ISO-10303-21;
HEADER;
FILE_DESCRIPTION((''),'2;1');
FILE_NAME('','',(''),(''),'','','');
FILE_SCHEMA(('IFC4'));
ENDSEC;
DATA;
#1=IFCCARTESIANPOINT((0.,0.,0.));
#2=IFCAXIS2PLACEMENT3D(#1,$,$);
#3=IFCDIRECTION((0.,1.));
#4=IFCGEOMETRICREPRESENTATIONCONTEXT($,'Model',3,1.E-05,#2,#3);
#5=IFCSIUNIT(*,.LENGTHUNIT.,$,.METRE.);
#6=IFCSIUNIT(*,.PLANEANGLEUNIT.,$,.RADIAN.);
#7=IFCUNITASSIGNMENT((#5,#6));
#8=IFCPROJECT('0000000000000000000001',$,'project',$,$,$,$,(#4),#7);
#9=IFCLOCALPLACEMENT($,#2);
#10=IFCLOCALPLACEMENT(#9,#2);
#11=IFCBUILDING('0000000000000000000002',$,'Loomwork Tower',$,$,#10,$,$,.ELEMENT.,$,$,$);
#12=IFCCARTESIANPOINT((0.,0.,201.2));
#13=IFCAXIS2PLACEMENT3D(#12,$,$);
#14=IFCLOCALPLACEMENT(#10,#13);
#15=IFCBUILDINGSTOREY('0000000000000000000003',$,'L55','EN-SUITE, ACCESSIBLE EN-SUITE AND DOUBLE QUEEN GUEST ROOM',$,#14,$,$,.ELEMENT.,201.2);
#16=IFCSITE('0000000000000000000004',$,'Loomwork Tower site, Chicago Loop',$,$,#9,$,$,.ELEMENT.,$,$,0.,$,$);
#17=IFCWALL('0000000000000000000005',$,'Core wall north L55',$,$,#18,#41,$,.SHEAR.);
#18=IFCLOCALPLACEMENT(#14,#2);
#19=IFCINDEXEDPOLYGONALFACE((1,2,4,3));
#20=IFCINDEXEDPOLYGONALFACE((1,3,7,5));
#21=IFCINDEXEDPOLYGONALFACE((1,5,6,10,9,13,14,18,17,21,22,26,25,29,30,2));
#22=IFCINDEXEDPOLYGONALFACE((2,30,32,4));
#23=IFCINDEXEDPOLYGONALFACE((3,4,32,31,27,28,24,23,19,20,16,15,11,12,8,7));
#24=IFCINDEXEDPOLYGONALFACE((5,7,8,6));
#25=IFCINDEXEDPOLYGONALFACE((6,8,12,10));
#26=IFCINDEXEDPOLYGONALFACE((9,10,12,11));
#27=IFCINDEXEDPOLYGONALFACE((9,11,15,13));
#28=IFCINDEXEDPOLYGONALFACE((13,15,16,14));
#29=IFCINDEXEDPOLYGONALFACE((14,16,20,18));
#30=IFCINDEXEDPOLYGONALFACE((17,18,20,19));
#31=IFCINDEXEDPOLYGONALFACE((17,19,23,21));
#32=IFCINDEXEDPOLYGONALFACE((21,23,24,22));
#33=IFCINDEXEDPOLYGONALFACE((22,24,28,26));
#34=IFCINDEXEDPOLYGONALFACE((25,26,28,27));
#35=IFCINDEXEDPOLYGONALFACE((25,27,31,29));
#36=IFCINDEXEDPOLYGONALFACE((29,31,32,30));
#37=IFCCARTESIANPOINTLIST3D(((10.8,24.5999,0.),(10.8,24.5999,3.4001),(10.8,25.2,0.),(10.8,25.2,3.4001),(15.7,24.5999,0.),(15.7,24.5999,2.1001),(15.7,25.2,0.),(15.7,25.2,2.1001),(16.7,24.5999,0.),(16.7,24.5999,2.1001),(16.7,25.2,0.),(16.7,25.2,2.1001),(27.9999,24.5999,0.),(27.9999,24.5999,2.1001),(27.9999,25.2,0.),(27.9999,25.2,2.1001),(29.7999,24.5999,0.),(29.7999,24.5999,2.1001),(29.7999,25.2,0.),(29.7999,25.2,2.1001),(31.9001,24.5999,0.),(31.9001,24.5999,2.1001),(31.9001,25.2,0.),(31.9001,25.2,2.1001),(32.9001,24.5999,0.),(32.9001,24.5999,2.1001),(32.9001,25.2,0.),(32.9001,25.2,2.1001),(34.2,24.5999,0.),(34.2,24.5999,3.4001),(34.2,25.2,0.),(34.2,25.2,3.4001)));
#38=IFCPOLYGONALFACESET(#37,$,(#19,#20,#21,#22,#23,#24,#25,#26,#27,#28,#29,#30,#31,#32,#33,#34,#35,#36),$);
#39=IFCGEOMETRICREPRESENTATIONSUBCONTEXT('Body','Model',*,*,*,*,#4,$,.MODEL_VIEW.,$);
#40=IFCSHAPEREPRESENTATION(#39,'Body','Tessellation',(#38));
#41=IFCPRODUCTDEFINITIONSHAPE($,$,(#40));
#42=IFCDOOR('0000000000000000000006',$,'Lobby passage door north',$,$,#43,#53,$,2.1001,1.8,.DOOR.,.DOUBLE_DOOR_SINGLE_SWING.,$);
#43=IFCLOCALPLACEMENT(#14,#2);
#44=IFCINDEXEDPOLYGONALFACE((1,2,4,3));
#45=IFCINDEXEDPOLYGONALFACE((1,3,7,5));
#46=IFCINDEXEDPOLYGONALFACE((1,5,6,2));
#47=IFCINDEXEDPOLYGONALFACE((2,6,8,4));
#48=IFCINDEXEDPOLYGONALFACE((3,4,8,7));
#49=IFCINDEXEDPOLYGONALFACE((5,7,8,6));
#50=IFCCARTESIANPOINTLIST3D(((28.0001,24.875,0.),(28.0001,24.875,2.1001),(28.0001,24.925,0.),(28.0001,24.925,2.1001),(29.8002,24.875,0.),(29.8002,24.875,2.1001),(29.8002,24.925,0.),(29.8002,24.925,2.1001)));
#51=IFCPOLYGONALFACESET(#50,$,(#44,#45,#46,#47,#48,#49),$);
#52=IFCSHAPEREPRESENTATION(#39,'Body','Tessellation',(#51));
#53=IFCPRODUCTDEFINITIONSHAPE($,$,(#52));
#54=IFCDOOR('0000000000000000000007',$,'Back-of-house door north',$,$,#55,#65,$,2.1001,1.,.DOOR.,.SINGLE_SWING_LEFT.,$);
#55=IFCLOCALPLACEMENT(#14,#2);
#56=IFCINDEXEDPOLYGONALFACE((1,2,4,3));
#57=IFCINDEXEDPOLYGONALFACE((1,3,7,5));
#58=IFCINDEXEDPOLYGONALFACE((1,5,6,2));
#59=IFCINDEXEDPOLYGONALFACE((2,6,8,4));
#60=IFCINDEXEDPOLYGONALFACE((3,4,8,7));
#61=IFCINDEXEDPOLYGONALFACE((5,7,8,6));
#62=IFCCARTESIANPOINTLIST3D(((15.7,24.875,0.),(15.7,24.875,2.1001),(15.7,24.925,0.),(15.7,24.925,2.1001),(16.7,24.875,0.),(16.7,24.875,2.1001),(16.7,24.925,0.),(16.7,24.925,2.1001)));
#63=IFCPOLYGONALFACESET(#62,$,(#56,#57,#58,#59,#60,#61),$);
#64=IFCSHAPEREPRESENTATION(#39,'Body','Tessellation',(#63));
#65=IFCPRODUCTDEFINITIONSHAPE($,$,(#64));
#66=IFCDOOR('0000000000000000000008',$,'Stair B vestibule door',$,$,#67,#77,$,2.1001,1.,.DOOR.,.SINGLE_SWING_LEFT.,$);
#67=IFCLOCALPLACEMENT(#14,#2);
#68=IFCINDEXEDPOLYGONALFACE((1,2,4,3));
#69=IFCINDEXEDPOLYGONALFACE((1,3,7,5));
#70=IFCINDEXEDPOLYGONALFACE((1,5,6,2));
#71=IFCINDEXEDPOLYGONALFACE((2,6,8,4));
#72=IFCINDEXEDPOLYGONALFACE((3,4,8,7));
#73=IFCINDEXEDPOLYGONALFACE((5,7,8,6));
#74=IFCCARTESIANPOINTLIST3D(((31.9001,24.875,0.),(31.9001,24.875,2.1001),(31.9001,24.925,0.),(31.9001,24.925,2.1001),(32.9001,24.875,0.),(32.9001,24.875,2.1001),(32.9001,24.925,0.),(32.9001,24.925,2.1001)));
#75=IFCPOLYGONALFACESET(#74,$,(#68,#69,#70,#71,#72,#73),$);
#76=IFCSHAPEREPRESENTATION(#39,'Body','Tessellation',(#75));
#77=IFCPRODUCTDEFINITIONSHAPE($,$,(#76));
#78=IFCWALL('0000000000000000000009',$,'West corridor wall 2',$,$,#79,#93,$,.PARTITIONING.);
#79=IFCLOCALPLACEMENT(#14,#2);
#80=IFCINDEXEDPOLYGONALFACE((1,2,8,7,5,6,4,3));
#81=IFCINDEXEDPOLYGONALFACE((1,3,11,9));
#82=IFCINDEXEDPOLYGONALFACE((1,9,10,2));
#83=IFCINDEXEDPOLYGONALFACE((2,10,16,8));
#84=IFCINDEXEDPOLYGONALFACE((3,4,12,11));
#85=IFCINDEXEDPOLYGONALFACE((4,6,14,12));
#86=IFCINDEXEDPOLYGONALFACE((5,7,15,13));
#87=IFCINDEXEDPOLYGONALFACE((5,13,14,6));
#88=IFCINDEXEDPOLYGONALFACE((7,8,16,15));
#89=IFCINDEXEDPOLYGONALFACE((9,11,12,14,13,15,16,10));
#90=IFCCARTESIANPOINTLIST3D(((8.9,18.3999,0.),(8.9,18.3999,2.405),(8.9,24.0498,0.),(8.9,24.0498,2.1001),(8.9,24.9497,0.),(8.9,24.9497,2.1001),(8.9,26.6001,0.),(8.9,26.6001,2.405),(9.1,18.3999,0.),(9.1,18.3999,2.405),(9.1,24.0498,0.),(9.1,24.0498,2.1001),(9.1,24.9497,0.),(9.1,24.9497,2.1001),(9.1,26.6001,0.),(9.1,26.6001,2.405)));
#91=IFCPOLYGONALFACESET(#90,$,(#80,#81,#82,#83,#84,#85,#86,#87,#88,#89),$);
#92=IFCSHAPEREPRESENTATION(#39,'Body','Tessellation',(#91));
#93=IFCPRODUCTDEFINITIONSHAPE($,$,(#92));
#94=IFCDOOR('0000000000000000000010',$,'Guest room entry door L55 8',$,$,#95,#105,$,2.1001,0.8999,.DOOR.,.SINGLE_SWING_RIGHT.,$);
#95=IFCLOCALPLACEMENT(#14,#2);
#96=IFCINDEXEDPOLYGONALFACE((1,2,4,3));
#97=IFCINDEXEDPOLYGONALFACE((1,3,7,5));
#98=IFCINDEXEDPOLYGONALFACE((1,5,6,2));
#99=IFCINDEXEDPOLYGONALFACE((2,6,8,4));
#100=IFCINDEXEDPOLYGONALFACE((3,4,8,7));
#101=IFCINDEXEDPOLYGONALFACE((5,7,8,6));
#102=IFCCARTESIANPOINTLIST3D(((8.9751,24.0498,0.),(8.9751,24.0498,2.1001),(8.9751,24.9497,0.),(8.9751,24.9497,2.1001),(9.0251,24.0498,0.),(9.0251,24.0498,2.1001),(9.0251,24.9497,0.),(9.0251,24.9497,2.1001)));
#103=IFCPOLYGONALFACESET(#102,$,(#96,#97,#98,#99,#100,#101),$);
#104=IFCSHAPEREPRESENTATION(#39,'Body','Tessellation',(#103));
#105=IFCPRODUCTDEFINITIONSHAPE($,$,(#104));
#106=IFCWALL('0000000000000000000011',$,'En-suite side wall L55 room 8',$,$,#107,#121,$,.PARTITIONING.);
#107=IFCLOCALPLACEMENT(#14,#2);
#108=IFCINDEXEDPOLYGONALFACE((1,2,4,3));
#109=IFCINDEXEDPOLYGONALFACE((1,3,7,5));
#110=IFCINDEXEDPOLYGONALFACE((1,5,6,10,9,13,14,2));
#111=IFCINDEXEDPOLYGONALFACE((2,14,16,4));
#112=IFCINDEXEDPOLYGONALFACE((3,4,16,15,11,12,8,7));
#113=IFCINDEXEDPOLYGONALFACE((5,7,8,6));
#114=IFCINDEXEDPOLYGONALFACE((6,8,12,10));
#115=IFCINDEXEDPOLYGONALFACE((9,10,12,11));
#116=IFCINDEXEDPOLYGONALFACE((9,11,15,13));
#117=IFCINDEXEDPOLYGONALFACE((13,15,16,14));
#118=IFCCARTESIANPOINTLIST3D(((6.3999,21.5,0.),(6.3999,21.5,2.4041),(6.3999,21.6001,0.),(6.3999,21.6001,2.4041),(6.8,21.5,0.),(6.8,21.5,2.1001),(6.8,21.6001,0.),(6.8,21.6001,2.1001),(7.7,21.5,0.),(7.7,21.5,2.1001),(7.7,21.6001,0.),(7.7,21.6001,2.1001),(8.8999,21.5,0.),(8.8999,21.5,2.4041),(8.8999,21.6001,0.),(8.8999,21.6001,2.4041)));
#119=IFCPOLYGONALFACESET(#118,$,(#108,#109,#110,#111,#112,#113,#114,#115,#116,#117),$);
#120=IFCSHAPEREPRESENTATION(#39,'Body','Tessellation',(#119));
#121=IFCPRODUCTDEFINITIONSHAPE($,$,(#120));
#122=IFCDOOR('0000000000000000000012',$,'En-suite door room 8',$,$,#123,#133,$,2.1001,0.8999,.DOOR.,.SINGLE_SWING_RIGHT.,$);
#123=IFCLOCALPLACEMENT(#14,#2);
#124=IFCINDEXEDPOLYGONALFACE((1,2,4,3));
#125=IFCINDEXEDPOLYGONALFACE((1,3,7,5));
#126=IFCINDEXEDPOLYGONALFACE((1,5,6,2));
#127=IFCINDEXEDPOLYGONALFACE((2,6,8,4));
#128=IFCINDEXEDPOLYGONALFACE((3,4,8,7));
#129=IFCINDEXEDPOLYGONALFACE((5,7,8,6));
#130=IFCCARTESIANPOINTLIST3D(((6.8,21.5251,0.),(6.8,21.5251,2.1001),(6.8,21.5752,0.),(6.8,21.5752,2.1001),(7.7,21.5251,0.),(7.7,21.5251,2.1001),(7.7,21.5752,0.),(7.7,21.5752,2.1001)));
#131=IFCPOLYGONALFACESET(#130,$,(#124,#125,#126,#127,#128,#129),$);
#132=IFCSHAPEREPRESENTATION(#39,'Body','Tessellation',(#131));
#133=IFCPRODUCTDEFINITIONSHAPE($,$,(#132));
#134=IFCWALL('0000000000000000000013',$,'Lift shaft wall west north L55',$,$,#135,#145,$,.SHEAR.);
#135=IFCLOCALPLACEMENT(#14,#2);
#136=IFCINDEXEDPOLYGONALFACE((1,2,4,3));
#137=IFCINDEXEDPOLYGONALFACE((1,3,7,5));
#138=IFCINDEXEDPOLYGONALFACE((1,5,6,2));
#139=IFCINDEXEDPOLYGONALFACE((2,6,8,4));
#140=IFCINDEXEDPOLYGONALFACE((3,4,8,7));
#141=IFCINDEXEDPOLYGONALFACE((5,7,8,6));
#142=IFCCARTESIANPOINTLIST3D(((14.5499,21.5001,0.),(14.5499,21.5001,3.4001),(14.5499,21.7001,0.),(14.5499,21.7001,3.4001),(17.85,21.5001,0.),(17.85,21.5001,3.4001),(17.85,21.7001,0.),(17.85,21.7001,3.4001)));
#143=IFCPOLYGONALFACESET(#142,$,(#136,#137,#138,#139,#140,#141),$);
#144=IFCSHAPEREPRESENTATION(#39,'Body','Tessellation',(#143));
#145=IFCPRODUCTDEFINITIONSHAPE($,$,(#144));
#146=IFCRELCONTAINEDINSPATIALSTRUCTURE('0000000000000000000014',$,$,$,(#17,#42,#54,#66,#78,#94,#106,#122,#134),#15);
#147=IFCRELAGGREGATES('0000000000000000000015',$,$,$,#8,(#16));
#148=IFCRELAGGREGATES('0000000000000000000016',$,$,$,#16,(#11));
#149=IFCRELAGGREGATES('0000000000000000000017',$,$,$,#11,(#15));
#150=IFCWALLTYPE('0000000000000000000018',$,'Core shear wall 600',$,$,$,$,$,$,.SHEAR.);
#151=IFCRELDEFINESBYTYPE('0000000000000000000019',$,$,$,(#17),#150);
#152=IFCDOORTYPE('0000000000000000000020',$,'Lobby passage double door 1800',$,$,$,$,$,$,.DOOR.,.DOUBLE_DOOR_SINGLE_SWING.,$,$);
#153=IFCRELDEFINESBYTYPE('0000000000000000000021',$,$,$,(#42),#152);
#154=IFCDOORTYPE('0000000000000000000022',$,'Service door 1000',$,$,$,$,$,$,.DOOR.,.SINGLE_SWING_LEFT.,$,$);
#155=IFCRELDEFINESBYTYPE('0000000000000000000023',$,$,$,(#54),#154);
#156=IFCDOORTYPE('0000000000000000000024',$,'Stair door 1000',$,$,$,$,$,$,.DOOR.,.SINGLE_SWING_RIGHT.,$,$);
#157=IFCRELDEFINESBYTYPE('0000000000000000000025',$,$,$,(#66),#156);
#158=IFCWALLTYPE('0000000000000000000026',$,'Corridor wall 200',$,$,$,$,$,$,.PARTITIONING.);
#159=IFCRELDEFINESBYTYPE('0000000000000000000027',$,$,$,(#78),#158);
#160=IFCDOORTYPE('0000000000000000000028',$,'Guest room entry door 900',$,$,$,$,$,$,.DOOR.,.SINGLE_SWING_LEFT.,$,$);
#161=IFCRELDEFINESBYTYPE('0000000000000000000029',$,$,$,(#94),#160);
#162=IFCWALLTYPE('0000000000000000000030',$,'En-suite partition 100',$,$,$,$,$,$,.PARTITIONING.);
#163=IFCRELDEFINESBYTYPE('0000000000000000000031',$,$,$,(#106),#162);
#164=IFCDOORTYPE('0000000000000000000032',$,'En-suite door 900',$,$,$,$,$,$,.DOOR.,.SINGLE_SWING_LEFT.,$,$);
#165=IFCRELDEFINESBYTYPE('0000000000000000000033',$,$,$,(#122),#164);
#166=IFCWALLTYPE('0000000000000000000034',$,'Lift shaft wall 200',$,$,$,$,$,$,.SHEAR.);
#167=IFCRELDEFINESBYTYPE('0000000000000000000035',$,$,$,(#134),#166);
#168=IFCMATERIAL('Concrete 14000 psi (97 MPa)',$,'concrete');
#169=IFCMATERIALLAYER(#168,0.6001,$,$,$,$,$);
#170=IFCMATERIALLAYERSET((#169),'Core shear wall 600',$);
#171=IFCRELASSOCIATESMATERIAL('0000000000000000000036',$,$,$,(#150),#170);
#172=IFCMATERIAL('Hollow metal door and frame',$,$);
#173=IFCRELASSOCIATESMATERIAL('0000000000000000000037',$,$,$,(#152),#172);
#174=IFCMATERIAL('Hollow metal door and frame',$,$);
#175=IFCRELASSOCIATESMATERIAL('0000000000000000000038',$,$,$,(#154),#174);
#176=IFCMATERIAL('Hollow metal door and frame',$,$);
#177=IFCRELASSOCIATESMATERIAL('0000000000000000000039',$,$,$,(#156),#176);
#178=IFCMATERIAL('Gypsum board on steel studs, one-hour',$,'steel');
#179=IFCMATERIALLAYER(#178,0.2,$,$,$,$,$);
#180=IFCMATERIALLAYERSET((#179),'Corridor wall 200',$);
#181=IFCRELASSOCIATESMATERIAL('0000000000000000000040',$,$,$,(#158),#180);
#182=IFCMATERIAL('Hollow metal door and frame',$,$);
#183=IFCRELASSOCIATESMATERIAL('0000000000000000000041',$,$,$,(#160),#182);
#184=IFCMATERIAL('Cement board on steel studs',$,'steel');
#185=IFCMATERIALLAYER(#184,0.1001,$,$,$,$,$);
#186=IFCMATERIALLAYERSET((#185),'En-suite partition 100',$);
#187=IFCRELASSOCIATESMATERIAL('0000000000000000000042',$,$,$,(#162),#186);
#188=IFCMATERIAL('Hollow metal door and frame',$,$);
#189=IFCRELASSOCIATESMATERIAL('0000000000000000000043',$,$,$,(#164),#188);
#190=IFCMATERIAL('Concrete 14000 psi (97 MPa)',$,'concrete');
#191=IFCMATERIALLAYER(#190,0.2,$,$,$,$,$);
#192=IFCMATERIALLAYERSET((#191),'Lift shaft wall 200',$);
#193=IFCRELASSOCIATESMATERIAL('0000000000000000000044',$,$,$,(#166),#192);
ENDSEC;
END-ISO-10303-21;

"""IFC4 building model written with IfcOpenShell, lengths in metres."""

from ifc_helpers import new_model, si_unit, direction, frame, frame_2d, origin, place, context, subcontext, project, spatial, rectangle, extrude, material, layer, layer_set, type_object, element, fill, save


model = new_model("IFC4")

# Units and contexts
model_context = context("Model", 3, precision=1e-05, world=origin(), true_north=direction((0.0, 1.0)))
body_context = subcontext(model_context, "Body", "Model", "MODEL_VIEW")
ifc_project = project(units=[si_unit("LENGTHUNIT", "METRE"), si_unit("PLANEANGLEUNIT", "RADIAN")], contexts=[model_context])

# Site, building, storey
site_placement = place(None, origin())
site = spatial("IfcSite", under=ifc_project, at=site_placement, Name="Loomwork Tower site, Chicago Loop", CompositionType="ELEMENT", RefElevation=0.0)
building_placement = place(site_placement, origin())
building = spatial("IfcBuilding", under=site, at=building_placement, Name="Loomwork Tower", CompositionType="ELEMENT")
storey_placement = place(building_placement, frame((0.0, 0.0, 201.2)))
storey = spatial("IfcBuildingStorey", under=building, at=storey_placement, Name="L55", Description="EN-SUITE, ACCESSIBLE EN-SUITE AND DOUBLE QUEEN GUEST ROOM", CompositionType="ELEMENT", Elevation=201.2)

# Wall, openings, doors
ifc_material_1 = material(Name="Concrete 14000 psi (97 MPa)", Category="concrete")
ifc_layer_1 = layer(ifc_material_1, 0.6001)
ifc_layer_set_1 = layer_set([ifc_layer_1], Name="Core shear wall 600")
wall_type_1 = type_object("IfcWallType", Name="Core shear wall 600", PredefinedType="SHEAR", material=ifc_layer_set_1)
wall_1_placement = place(storey_placement, frame((10.8, 24.8999, 0.0), z_axis=(0.0, 0.0, 1.0), x_axis=(1.0, 0.0, 0.0)))
wall_1 = element("IfcWall", 1, at=wall_1_placement, inside=storey, type_object=wall_type_1, Name="Core wall north L55", PredefinedType="SHEAR", context=body_context, shape_type="SweptSolid", body=[
    extrude(rectangle(XDim=23.3999, YDim=0.6001, at=frame_2d((11.7, 0.0))), origin(), (0.0, 0.0, 1.0), 3.4001),
])
opening_1_placement = place(wall_1_placement, frame((17.2, 0.0, 0.0)))
opening_1 = element("IfcOpeningElement", 2, at=opening_1_placement, cuts=wall_1, PredefinedType="OPENING", context=body_context, shape_type="SweptSolid", body=[
    extrude(rectangle(XDim=1.8, YDim=2.1001, at=frame_2d((0.8999, 1.05))), frame((0.0, 0.3101, 0.0), z_axis=(0.0, -1.0, 0.0), x_axis=(1.0, 0.0, 0.0)), (0.0, 0.0, 1.0), 0.6201),
])
opening_2_placement = place(wall_1_placement, frame((21.1001, 0.0, 0.0)))
opening_2 = element("IfcOpeningElement", 3, at=opening_2_placement, cuts=wall_1, PredefinedType="OPENING", context=body_context, shape_type="SweptSolid", body=[
    extrude(rectangle(XDim=1.0, YDim=2.1001, at=frame_2d((0.5, 1.05))), frame((0.0, 0.3101, 0.0), z_axis=(0.0, -1.0, 0.0), x_axis=(1.0, 0.0, 0.0)), (0.0, 0.0, 1.0), 0.6201),
])
opening_3_placement = place(wall_1_placement, frame((4.8999, 0.0, 0.0)))
opening_3 = element("IfcOpeningElement", 4, at=opening_3_placement, cuts=wall_1, PredefinedType="OPENING", context=body_context, shape_type="SweptSolid", body=[
    extrude(rectangle(XDim=1.0, YDim=2.1001, at=frame_2d((0.5, 1.05))), frame((0.0, 0.3101, 0.0), z_axis=(0.0, -1.0, 0.0), x_axis=(1.0, 0.0, 0.0)), (0.0, 0.0, 1.0), 0.6201),
])
ifc_material_2 = material(Name="Hollow metal door and frame")
door_type_1 = type_object("IfcDoorType", Name="Lobby passage double door 1800", OperationType="DOUBLE_DOOR_SINGLE_SWING", PredefinedType="DOOR", material=ifc_material_2)
door_1_placement = place(opening_1_placement, frame((1.8, 0.0, 0.0), z_axis=(0.0, 0.0, 1.0), x_axis=(-1.0, 0.0, 0.0)))
door_1 = element("IfcDoor", 5, at=door_1_placement, inside=storey, type_object=door_type_1, Name="Lobby passage door north", OperationType="DOUBLE_DOOR_SINGLE_SWING", OverallHeight=2.1001, OverallWidth=1.8, PredefinedType="DOOR", context=body_context, shape_type="SweptSolid", body=[
    extrude(rectangle(XDim=1.8, YDim=2.1001, at=frame_2d((0.8999, 1.05))), frame((0.0, 0.0249, 0.0), z_axis=(0.0, -1.0, 0.0), x_axis=(1.0, 0.0, 0.0)), (0.0, 0.0, 1.0), 0.05),
])
fill(opening_1, door_1)
ifc_material_3 = material(Name="Hollow metal door and frame")
door_type_2 = type_object("IfcDoorType", Name="Service door 1000", OperationType="SINGLE_SWING_LEFT", PredefinedType="DOOR", material=ifc_material_3)
door_2_placement = place(opening_3_placement, frame((1.0, 0.0, 0.0), z_axis=(0.0, 0.0, 1.0), x_axis=(-1.0, 0.0, 0.0)))
door_2 = element("IfcDoor", 6, at=door_2_placement, inside=storey, type_object=door_type_2, Name="Back-of-house door north", OperationType="SINGLE_SWING_LEFT", OverallHeight=2.1001, OverallWidth=1.0, PredefinedType="DOOR", context=body_context, shape_type="SweptSolid", body=[
    extrude(rectangle(XDim=1.0, YDim=2.1001, at=frame_2d((0.5, 1.05))), frame((0.0, 0.0249, 0.0), z_axis=(0.0, -1.0, 0.0), x_axis=(1.0, 0.0, 0.0)), (0.0, 0.0, 1.0), 0.05),
])
fill(opening_3, door_2)
ifc_material_4 = material(Name="Hollow metal door and frame")
door_type_3 = type_object("IfcDoorType", Name="Stair door 1000", OperationType="SINGLE_SWING_RIGHT", PredefinedType="DOOR", material=ifc_material_4)
door_3_placement = place(opening_2_placement, frame((1.0, 0.0, 0.0), z_axis=(0.0, 0.0, 1.0), x_axis=(-1.0, 0.0, 0.0)))
door_3 = element("IfcDoor", 7, at=door_3_placement, inside=storey, type_object=door_type_3, Name="Stair B vestibule door", OperationType="SINGLE_SWING_LEFT", OverallHeight=2.1001, OverallWidth=1.0, PredefinedType="DOOR", context=body_context, shape_type="SweptSolid", body=[
    extrude(rectangle(XDim=1.0, YDim=2.1001, at=frame_2d((0.5, 1.05))), frame((0.0, 0.0249, 0.0), z_axis=(0.0, -1.0, 0.0), x_axis=(1.0, 0.0, 0.0)), (0.0, 0.0, 1.0), 0.05),
])
fill(opening_2, door_3)

# Walls, openings, doors
ifc_material_5 = material(Name="Gypsum board on steel studs, one-hour", Category="steel")
ifc_layer_2 = layer(ifc_material_5, 0.2)
ifc_layer_set_2 = layer_set([ifc_layer_2], Name="Corridor wall 200")
wall_type_2 = type_object("IfcWallType", Name="Corridor wall 200", PredefinedType="PARTITIONING", material=ifc_layer_set_2)
wall_2_placement = place(storey_placement, frame((9.0, 18.3999, 0.0), z_axis=(0.0, 0.0, 1.0), x_axis=(0.0, 1.0, 0.0)))
wall_2 = element("IfcWall", 8, at=wall_2_placement, inside=storey, type_object=wall_type_2, Name="West corridor wall 2", PredefinedType="PARTITIONING", context=body_context, shape_type="SweptSolid", body=[
    extrude(rectangle(XDim=8.2002, YDim=0.2, at=frame_2d((4.1001, 0.0))), origin(), (0.0, 0.0, 1.0), 2.405),
])
opening_4_placement = place(wall_2_placement, frame((5.6499, 0.0, 0.0)))
opening_4 = element("IfcOpeningElement", 9, at=opening_4_placement, cuts=wall_2, PredefinedType="OPENING", context=body_context, shape_type="SweptSolid", body=[
    extrude(rectangle(XDim=0.8999, YDim=2.1001, at=frame_2d((0.45, 1.05))), frame((0.0, 0.1099, 0.0), z_axis=(0.0, -1.0, 0.0), x_axis=(1.0, 0.0, 0.0)), (0.0, 0.0, 1.0), 0.22),
])
ifc_material_6 = material(Name="Hollow metal door and frame")
door_type_4 = type_object("IfcDoorType", Name="Guest room entry door 900", OperationType="SINGLE_SWING_LEFT", PredefinedType="DOOR", material=ifc_material_6)
door_4_placement = place(opening_4_placement, origin())
door_4 = element("IfcDoor", 10, at=door_4_placement, inside=storey, type_object=door_type_4, Name="Guest room entry door L55 8", OperationType="SINGLE_SWING_RIGHT", OverallHeight=2.1001, OverallWidth=0.8999, PredefinedType="DOOR", context=body_context, shape_type="SweptSolid", body=[
    extrude(rectangle(XDim=0.8999, YDim=2.1001, at=frame_2d((0.45, 1.05))), frame((0.0, 0.0249, 0.0), z_axis=(0.0, -1.0, 0.0), x_axis=(1.0, 0.0, 0.0)), (0.0, 0.0, 1.0), 0.05),
])
fill(opening_4, door_4)
ifc_material_7 = material(Name="Cement board on steel studs", Category="steel")
ifc_layer_3 = layer(ifc_material_7, 0.1001)
ifc_layer_set_3 = layer_set([ifc_layer_3], Name="En-suite partition 100")
wall_type_3 = type_object("IfcWallType", Name="En-suite partition 100", PredefinedType="PARTITIONING", material=ifc_layer_set_3)
wall_3_placement = place(storey_placement, frame((8.8999, 21.55, 0.0), z_axis=(0.0, 0.0, 1.0), x_axis=(-1.0, 0.0, 0.0)))
wall_3 = element("IfcWall", 11, at=wall_3_placement, inside=storey, type_object=wall_type_3, Name="En-suite side wall L55 room 8", PredefinedType="PARTITIONING", context=body_context, shape_type="SweptSolid", body=[
    extrude(rectangle(XDim=2.5, YDim=0.1001, at=frame_2d((1.25, 0.0))), origin(), (0.0, 0.0, 1.0), 2.4041),
])
opening_5_placement = place(wall_3_placement, frame((1.2, 0.0, 0.0)))
opening_5 = element("IfcOpeningElement", 12, at=opening_5_placement, cuts=wall_3, PredefinedType="OPENING", context=body_context, shape_type="SweptSolid", body=[
    extrude(rectangle(XDim=0.8999, YDim=2.1001, at=frame_2d((0.45, 1.05))), frame((0.0, 0.0601, 0.0), z_axis=(0.0, -1.0, 0.0), x_axis=(1.0, 0.0, 0.0)), (0.0, 0.0, 1.0), 0.1201),
])
ifc_material_8 = material(Name="Hollow metal door and frame")
door_type_5 = type_object("IfcDoorType", Name="En-suite door 900", OperationType="SINGLE_SWING_LEFT", PredefinedType="DOOR", material=ifc_material_8)
door_5_placement = place(opening_5_placement, origin())
door_5 = element("IfcDoor", 13, at=door_5_placement, inside=storey, type_object=door_type_5, Name="En-suite door room 8", OperationType="SINGLE_SWING_RIGHT", OverallHeight=2.1001, OverallWidth=0.8999, PredefinedType="DOOR", context=body_context, shape_type="SweptSolid", body=[
    extrude(rectangle(XDim=0.8999, YDim=2.1001, at=frame_2d((0.45, 1.05))), frame((0.0, 0.0249, 0.0), z_axis=(0.0, -1.0, 0.0), x_axis=(1.0, 0.0, 0.0)), (0.0, 0.0, 1.0), 0.05),
])
fill(opening_5, door_5)

# Wall
ifc_material_9 = material(Name="Concrete 14000 psi (97 MPa)", Category="concrete")
ifc_layer_4 = layer(ifc_material_9, 0.2)
ifc_layer_set_4 = layer_set([ifc_layer_4], Name="Lift shaft wall 200")
wall_type_4 = type_object("IfcWallType", Name="Lift shaft wall 200", PredefinedType="SHEAR", material=ifc_layer_set_4)
wall_4_placement = place(storey_placement, frame((14.55, 21.6001, 0.0), z_axis=(0.0, 0.0, 1.0), x_axis=(1.0, 0.0, 0.0)))
element("IfcWall", 14, at=wall_4_placement, inside=storey, type_object=wall_type_4, Name="Lift shaft wall west north L55", PredefinedType="SHEAR", context=body_context, shape_type="SweptSolid", body=[
    extrude(rectangle(XDim=3.3, YDim=0.2, at=frame_2d((1.6499, 0.0))), origin(), (0.0, 0.0, 1.0), 3.4001),
])

save(model, "model.ifc")
